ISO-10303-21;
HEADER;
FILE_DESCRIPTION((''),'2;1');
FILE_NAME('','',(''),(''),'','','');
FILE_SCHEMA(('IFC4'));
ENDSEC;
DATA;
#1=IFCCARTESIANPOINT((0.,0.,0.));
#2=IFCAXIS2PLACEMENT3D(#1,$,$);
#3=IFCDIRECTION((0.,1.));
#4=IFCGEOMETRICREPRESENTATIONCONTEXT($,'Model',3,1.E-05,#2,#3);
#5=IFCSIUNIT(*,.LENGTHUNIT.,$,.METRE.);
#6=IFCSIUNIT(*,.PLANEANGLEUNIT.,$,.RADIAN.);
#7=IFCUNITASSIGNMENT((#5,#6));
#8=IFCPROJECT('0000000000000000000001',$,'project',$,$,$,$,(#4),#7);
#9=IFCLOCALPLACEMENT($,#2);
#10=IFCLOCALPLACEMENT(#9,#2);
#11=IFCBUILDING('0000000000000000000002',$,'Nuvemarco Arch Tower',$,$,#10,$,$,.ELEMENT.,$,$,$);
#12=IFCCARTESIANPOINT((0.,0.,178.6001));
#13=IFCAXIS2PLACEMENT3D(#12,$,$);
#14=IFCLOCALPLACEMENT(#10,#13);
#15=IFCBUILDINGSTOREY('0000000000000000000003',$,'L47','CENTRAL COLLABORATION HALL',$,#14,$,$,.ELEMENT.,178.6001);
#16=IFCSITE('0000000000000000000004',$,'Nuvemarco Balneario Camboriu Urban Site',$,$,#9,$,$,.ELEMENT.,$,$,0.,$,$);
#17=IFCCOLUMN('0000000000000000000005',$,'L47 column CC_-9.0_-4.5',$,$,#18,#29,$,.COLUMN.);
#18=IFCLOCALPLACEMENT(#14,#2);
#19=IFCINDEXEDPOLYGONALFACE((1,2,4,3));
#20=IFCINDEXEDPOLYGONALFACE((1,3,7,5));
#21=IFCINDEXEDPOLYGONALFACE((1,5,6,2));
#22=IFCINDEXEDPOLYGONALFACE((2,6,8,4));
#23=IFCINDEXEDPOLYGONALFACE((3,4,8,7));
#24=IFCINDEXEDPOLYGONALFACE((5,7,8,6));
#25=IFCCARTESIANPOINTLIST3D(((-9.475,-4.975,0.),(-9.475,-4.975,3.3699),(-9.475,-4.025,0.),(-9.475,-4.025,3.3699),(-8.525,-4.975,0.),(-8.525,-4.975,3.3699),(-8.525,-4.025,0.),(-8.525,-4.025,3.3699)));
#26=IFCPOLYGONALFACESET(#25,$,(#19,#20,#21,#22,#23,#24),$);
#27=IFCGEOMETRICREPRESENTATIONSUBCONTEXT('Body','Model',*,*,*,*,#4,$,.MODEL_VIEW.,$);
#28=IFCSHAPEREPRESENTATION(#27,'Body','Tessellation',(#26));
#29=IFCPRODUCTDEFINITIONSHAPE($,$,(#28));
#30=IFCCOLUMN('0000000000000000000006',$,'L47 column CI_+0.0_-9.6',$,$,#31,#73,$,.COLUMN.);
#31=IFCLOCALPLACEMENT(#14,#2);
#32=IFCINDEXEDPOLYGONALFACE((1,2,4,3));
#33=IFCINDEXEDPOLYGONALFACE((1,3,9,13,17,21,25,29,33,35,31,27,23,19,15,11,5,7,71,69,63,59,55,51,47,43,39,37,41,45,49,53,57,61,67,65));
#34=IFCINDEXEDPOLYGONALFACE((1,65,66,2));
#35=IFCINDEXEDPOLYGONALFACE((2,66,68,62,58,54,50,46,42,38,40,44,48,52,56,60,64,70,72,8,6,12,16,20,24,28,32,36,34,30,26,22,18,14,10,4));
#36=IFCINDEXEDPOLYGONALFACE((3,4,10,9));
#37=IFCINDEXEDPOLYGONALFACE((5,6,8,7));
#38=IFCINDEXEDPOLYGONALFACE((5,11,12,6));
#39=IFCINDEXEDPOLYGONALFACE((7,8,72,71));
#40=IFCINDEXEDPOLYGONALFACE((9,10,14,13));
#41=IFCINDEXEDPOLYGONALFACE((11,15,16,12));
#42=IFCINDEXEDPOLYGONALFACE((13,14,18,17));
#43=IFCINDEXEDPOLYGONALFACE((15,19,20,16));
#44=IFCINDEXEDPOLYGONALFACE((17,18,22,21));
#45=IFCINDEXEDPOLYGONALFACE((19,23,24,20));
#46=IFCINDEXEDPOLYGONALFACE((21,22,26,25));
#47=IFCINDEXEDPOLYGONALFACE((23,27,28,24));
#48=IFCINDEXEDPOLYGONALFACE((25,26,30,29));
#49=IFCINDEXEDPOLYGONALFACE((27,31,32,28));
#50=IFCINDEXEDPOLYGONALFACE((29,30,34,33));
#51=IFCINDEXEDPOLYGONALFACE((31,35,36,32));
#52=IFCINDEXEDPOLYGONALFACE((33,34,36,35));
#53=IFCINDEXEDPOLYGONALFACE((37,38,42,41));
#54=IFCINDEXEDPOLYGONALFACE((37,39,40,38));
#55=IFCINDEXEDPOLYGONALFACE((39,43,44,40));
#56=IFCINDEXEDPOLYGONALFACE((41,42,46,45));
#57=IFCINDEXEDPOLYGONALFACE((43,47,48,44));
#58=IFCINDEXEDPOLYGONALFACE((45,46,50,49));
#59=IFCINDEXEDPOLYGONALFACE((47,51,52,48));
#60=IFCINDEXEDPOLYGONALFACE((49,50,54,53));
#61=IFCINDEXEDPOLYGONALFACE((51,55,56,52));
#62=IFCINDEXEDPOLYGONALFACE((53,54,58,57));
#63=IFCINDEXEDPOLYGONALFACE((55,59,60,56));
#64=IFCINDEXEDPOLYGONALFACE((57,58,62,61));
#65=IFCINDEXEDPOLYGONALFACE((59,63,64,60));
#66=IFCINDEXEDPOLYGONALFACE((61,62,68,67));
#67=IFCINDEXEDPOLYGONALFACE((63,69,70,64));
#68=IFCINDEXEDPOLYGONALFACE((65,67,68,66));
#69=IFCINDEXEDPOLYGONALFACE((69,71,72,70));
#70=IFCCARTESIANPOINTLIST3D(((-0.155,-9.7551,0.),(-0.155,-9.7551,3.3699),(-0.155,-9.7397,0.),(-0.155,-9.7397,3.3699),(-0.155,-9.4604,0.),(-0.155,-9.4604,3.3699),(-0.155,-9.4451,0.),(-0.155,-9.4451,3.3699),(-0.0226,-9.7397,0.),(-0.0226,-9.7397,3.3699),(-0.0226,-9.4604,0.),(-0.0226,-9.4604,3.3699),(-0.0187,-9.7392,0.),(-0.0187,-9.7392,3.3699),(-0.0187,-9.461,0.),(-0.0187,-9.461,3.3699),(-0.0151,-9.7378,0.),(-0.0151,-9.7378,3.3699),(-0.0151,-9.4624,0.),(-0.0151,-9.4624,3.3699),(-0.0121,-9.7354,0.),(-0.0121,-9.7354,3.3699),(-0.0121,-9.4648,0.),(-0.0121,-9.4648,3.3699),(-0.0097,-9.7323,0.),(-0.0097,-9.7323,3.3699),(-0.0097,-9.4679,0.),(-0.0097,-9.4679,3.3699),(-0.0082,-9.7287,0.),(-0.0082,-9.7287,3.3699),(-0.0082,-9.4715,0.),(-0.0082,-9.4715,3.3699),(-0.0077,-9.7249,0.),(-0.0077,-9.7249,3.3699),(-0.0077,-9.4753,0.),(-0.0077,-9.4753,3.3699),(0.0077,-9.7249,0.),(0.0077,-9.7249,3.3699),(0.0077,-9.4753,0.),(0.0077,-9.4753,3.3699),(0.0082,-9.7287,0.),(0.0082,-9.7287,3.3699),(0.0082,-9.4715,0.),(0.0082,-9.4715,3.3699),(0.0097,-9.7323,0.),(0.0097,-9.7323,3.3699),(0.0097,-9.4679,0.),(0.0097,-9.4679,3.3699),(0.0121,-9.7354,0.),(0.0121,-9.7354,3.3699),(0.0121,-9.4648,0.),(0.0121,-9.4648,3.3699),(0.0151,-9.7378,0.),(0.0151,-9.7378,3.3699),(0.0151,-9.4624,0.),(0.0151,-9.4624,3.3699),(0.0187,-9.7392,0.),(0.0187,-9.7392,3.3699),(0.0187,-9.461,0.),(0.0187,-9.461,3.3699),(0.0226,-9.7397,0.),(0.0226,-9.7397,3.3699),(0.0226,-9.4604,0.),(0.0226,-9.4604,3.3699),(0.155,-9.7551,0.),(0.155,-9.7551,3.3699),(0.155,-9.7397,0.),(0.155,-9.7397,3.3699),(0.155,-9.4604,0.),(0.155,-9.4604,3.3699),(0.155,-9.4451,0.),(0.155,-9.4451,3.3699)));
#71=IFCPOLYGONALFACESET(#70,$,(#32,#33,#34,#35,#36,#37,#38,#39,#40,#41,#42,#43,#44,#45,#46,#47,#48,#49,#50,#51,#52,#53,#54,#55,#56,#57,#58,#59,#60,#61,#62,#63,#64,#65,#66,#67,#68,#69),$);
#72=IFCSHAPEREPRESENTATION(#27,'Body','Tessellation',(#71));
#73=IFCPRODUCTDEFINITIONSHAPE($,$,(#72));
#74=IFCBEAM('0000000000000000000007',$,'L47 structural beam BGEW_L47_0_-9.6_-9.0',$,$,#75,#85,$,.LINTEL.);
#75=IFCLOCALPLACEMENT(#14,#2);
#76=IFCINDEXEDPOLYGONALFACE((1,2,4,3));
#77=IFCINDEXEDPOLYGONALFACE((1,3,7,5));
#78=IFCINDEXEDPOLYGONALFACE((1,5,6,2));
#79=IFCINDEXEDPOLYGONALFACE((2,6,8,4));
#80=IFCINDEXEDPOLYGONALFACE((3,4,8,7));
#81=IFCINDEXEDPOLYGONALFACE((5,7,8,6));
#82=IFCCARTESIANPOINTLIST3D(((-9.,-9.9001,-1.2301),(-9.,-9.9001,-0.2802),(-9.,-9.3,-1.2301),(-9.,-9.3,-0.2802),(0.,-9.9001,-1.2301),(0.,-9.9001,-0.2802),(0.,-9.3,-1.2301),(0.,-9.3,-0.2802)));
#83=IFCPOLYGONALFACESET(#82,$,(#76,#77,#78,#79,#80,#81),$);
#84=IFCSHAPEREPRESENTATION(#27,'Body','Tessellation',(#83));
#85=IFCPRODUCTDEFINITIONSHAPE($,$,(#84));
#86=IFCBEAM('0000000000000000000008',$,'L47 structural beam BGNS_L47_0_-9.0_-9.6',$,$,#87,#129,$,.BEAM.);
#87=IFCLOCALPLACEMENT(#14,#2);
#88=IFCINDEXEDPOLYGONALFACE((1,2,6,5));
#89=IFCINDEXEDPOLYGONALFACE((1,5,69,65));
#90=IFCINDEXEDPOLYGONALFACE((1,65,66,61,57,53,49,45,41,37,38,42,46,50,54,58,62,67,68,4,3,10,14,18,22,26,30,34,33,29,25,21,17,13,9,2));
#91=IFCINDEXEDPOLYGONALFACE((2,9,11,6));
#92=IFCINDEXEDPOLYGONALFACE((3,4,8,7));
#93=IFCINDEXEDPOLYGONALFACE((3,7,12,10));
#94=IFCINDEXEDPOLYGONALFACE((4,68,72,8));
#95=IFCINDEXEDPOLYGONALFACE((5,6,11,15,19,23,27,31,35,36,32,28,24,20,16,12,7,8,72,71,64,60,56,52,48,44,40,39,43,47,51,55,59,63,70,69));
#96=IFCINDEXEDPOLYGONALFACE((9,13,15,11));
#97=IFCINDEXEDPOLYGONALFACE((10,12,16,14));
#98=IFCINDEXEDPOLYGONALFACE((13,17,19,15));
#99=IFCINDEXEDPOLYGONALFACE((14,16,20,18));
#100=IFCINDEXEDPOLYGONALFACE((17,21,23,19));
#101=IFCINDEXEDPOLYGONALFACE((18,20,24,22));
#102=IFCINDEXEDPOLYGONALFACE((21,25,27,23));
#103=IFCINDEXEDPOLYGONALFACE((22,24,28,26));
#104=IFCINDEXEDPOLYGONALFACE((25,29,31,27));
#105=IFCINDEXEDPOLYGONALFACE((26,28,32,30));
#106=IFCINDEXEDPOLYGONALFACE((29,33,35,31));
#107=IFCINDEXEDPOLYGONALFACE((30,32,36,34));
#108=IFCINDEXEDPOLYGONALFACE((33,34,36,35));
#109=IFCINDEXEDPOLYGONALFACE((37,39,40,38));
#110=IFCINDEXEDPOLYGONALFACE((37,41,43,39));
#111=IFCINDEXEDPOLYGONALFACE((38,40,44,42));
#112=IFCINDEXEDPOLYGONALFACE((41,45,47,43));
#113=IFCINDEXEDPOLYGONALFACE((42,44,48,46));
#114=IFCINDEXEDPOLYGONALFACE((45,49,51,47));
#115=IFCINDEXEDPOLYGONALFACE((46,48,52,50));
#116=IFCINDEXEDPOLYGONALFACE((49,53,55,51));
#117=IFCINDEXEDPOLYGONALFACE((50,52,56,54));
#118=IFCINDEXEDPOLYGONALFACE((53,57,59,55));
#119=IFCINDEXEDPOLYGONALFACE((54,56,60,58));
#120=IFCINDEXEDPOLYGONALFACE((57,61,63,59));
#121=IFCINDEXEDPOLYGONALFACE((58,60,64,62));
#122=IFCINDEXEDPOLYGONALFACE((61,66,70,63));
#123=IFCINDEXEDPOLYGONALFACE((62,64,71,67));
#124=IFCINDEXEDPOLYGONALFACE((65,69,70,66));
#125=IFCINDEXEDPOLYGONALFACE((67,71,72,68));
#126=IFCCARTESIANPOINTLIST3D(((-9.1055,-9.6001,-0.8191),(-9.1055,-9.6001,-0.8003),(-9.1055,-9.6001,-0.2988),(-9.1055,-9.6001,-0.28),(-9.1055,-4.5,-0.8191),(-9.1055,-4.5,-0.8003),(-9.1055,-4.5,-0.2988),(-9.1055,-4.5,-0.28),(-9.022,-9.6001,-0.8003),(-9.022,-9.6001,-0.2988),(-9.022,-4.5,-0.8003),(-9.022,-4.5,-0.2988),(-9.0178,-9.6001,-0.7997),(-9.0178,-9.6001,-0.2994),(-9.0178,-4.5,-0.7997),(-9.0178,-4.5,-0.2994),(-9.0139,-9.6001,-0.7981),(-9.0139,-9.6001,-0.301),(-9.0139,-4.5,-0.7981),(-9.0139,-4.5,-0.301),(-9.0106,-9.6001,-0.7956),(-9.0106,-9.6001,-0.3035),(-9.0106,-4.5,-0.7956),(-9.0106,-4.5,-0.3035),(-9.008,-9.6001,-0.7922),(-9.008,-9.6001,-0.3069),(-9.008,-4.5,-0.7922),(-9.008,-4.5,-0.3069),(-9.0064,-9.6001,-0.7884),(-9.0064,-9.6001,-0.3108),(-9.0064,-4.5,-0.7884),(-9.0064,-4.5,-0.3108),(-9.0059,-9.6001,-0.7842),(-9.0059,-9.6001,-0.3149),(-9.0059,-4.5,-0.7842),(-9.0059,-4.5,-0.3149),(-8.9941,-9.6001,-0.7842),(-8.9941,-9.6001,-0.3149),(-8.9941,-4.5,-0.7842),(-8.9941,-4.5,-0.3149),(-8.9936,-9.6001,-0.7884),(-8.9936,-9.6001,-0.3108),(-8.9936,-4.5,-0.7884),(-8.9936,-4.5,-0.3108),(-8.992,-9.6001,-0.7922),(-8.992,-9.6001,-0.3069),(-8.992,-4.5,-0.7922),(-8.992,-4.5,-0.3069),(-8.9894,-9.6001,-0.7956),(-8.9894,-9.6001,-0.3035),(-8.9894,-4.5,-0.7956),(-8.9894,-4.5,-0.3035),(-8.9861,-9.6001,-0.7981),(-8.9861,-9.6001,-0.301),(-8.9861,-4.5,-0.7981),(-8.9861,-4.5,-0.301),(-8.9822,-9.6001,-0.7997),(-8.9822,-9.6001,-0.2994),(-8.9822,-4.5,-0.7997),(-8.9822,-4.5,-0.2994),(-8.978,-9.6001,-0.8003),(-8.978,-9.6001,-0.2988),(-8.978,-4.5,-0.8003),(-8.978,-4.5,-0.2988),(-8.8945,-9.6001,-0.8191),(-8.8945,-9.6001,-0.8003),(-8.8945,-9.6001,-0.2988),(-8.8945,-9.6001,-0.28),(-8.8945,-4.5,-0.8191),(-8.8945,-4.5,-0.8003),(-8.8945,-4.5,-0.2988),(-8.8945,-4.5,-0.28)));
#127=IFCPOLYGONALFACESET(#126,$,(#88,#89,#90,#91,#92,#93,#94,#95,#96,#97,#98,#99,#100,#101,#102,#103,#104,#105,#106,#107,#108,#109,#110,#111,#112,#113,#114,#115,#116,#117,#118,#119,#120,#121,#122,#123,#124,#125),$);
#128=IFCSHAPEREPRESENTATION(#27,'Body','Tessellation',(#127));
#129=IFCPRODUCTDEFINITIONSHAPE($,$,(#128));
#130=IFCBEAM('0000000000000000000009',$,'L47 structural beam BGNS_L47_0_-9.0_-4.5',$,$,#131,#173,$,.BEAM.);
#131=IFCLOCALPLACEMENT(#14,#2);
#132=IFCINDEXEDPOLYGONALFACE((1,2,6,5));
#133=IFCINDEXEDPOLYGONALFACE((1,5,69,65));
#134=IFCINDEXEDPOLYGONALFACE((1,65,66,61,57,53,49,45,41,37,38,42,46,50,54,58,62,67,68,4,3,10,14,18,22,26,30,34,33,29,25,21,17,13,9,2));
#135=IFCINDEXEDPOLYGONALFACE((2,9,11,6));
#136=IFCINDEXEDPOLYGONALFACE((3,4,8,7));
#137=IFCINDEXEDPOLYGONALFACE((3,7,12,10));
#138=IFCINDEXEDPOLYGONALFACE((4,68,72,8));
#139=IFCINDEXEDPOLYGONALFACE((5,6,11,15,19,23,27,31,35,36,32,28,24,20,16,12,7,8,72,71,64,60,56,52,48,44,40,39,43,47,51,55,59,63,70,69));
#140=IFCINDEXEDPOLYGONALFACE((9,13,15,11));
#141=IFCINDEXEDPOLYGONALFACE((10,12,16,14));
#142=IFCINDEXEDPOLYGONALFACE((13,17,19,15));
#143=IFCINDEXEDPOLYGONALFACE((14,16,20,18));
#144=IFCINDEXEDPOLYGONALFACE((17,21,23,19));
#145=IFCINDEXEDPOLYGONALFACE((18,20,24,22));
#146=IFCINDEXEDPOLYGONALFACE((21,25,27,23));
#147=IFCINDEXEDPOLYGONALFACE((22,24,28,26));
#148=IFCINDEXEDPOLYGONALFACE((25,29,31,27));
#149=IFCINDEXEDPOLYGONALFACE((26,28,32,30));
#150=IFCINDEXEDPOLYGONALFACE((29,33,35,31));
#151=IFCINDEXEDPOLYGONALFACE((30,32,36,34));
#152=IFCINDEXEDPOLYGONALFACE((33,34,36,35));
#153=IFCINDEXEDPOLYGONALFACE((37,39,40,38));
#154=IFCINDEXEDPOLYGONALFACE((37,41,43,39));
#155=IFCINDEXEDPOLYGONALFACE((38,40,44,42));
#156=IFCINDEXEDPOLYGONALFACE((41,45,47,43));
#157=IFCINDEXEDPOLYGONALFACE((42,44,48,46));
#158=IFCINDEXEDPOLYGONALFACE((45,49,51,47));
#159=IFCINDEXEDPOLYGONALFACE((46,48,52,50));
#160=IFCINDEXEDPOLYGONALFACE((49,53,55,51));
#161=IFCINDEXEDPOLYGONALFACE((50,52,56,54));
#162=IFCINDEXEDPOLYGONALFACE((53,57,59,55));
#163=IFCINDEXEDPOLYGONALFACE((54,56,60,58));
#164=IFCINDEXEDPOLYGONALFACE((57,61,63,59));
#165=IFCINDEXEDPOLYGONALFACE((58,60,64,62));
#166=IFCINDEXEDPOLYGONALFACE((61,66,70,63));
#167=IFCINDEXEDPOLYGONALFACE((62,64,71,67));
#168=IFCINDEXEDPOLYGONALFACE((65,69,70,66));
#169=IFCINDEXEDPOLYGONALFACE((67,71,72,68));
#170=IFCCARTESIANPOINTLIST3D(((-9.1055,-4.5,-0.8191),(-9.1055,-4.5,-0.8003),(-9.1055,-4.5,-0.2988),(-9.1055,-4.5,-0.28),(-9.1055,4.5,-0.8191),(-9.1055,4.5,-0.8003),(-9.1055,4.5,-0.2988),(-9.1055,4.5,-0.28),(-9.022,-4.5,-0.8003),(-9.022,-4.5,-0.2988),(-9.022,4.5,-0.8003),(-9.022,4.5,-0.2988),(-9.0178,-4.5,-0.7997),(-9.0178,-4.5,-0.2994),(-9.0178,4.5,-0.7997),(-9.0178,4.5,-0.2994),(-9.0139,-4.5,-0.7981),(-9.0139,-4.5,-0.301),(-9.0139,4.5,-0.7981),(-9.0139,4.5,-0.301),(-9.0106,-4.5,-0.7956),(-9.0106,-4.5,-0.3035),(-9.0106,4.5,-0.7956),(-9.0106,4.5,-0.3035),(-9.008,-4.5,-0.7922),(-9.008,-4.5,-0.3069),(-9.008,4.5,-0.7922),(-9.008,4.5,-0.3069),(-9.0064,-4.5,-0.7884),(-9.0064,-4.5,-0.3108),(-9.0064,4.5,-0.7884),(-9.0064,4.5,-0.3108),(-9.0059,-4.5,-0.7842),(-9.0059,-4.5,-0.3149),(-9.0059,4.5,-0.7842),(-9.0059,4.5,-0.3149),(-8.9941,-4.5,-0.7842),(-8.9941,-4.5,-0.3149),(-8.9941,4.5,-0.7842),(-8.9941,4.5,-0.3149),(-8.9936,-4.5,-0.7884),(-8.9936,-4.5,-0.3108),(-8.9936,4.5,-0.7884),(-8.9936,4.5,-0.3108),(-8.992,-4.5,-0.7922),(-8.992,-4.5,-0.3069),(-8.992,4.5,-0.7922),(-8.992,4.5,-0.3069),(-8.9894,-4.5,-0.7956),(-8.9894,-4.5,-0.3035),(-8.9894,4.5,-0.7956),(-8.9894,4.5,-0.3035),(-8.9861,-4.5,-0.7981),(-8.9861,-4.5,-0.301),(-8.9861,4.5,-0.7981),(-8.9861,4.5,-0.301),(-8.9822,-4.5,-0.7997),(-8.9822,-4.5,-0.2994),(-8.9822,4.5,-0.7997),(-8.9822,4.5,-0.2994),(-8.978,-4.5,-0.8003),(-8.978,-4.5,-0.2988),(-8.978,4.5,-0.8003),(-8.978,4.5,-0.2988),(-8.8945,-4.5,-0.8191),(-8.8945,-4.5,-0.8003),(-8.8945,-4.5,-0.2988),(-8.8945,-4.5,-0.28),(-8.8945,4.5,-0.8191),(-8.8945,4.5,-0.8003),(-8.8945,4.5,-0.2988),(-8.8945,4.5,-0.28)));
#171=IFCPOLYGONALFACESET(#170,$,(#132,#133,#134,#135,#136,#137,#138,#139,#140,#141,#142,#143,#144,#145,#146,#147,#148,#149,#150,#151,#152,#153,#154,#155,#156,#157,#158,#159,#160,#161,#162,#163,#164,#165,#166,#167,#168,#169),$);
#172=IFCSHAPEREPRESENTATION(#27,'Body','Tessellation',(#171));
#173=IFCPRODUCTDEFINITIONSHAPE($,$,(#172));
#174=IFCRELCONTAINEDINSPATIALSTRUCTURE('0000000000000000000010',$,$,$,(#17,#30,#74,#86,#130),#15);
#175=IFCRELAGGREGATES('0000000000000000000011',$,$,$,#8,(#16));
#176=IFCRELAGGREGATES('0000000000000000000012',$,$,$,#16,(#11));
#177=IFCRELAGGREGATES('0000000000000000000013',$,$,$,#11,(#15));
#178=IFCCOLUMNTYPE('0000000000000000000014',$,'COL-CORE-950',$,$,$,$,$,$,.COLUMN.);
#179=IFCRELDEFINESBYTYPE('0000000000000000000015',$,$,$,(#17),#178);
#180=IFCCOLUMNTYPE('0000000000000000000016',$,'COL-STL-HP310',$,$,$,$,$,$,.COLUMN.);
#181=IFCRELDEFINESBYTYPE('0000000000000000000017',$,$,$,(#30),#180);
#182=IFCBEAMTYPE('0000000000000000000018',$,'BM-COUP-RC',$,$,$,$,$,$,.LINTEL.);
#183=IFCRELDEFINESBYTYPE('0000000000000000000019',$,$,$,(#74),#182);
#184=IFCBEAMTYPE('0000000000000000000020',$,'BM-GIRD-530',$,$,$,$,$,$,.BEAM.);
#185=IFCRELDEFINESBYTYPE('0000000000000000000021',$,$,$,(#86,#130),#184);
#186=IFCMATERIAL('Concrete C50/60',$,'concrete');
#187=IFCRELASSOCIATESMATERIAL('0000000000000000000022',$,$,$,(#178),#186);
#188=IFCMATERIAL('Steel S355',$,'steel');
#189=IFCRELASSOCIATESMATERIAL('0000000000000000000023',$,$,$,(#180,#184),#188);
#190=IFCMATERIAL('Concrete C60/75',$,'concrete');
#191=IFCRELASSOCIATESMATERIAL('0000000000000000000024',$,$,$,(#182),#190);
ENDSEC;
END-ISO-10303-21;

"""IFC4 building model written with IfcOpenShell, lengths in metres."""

from ifc_helpers import new_model, si_unit, direction, frame, origin, origin_2d, place, context, subcontext, project, spatial, rectangle, i_section, extrude, material, material_profile, profile_set, type_object, element, save


model = new_model("IFC4")

# Units and contexts
model_context = context("Model", 3, precision=1e-05, world=origin(), true_north=direction((0.0, 1.0)))
body_context = subcontext(model_context, "Body", "Model", "MODEL_VIEW")
ifc_project = project(units=[si_unit("LENGTHUNIT", "METRE"), si_unit("PLANEANGLEUNIT", "RADIAN")], contexts=[model_context])

# Site, building, storey
site_placement = place(None, origin())
site = spatial("IfcSite", under=ifc_project, at=site_placement, Name="Nuvemarco Balneario Camboriu Urban Site", CompositionType="ELEMENT", RefElevation=0.0)
building_placement = place(site_placement, origin())
building = spatial("IfcBuilding", under=site, at=building_placement, Name="Nuvemarco Arch Tower", CompositionType="ELEMENT")
storey_placement = place(building_placement, frame((0.0, 0.0, 178.6001)))
storey = spatial("IfcBuildingStorey", under=building, at=storey_placement, Name="L47", Description="CENTRAL COLLABORATION HALL", CompositionType="ELEMENT", Elevation=178.6001)

# Columns
ifc_material_1 = material(Name="Concrete C50/60", Category="concrete")
ifc_material_profile_1 = material_profile(ifc_material_1, rectangle(XDim=0.95, YDim=0.95, at=origin_2d()), Name="RC-COL-950x950")
ifc_profile_set_1 = profile_set([ifc_material_profile_1], Name="Concrete C50/60")
column_type_1 = type_object("IfcColumnType", Name="COL-CORE-950", PredefinedType="COLUMN", material=ifc_profile_set_1)
column_1_placement = place(storey_placement, frame((-9.0, -4.5, 0.0), z_axis=(0.0, 0.0, 1.0), x_axis=(1.0, 0.0, 0.0)))
element("IfcColumn", 1, at=column_1_placement, inside=storey, type_object=column_type_1, Name="L47 column CC_-9.0_-4.5", PredefinedType="COLUMN", context=body_context, shape_type="SweptSolid", body=[
    extrude(rectangle(XDim=0.95, YDim=0.95, at=origin_2d()), origin(), (0.0, 0.0, 1.0), 3.3699),
])
ifc_material_2 = material(Name="Steel S355", Category="steel")
ifc_material_profile_2 = material_profile(ifc_material_2, i_section(OverallWidth=0.3101, OverallDepth=0.3101, WebThickness=0.0154, FlangeThickness=0.0154, FilletRadius=0.0149, at=origin_2d()), Name="HP310x110")
ifc_profile_set_2 = profile_set([ifc_material_profile_2], Name="Steel S355")
column_type_2 = type_object("IfcColumnType", Name="COL-STL-HP310", PredefinedType="COLUMN", material=ifc_profile_set_2)
column_2_placement = place(storey_placement, frame((0.0, -9.6001, 0.0), z_axis=(0.0, 0.0, 1.0), x_axis=(1.0, 0.0, 0.0)))
element("IfcColumn", 2, at=column_2_placement, inside=storey, type_object=column_type_2, Name="L47 column CI_+0.0_-9.6", PredefinedType="COLUMN", context=body_context, shape_type="SweptSolid", body=[
    extrude(i_section(OverallWidth=0.3101, OverallDepth=0.3101, WebThickness=0.0154, FlangeThickness=0.0154, FilletRadius=0.0149, at=origin_2d()), origin(), (0.0, 0.0, 1.0), 3.3699),
])

# Beams
ifc_material_3 = material(Name="Concrete C60/75", Category="concrete")
ifc_material_profile_3 = material_profile(ifc_material_3, rectangle(XDim=0.6001, YDim=0.95, at=origin_2d()), Name="RC-BM-600x950")
ifc_profile_set_3 = profile_set([ifc_material_profile_3], Name="Concrete C60/75")
beam_type_1 = type_object("IfcBeamType", Name="BM-COUP-RC", PredefinedType="LINTEL", material=ifc_profile_set_3)
beam_1_placement = place(storey_placement, frame((-9.0, -9.6001, -0.7551), z_axis=(1.0, 0.0, 0.0), x_axis=(0.0, 1.0, 0.0)))
element("IfcBeam", 3, at=beam_1_placement, inside=storey, type_object=beam_type_1, Name="L47 structural beam BGEW_L47_0_-9.6_-9.0", PredefinedType="LINTEL", context=body_context, shape_type="SweptSolid", body=[
    extrude(rectangle(XDim=0.6001, YDim=0.95, at=origin_2d()), origin(), (0.0, 0.0, 1.0), 9.0),
])
ifc_material_profile_4 = material_profile(ifc_material_2, i_section(OverallWidth=0.2109, OverallDepth=0.5391, WebThickness=0.0117, FlangeThickness=0.0188, FilletRadius=0.0161, at=origin_2d()), Name="W530x109")
ifc_profile_set_4 = profile_set([ifc_material_profile_4], Name="Steel S355")
beam_type_2 = type_object("IfcBeamType", Name="BM-GIRD-530", PredefinedType="BEAM", material=ifc_profile_set_4)
beam_2_placement = place(storey_placement, frame((-9.0, -9.6001, -0.5496), z_axis=(0.0, 1.0, 0.0), x_axis=(-1.0, 0.0, 0.0)))
element("IfcBeam", 4, at=beam_2_placement, inside=storey, type_object=beam_type_2, Name="L47 structural beam BGNS_L47_0_-9.0_-9.6", PredefinedType="BEAM", context=body_context, shape_type="SweptSolid", body=[
    extrude(i_section(OverallWidth=0.2109, OverallDepth=0.5391, WebThickness=0.0117, FlangeThickness=0.0188, FilletRadius=0.0161, at=origin_2d()), origin(), (0.0, 0.0, 1.0), 5.1001),
])
beam_3_placement = place(storey_placement, frame((-9.0, -4.5, -0.5496), z_axis=(0.0, 1.0, 0.0), x_axis=(-1.0, 0.0, 0.0)))
element("IfcBeam", 5, at=beam_3_placement, inside=storey, type_object=beam_type_2, Name="L47 structural beam BGNS_L47_0_-9.0_-4.5", PredefinedType="BEAM", context=body_context, shape_type="SweptSolid", body=[
    extrude(i_section(OverallWidth=0.2109, OverallDepth=0.5391, WebThickness=0.0117, FlangeThickness=0.0188, FilletRadius=0.0161, at=origin_2d()), origin(), (0.0, 0.0, 1.0), 9.0),
])

save(model, "model.ifc")
